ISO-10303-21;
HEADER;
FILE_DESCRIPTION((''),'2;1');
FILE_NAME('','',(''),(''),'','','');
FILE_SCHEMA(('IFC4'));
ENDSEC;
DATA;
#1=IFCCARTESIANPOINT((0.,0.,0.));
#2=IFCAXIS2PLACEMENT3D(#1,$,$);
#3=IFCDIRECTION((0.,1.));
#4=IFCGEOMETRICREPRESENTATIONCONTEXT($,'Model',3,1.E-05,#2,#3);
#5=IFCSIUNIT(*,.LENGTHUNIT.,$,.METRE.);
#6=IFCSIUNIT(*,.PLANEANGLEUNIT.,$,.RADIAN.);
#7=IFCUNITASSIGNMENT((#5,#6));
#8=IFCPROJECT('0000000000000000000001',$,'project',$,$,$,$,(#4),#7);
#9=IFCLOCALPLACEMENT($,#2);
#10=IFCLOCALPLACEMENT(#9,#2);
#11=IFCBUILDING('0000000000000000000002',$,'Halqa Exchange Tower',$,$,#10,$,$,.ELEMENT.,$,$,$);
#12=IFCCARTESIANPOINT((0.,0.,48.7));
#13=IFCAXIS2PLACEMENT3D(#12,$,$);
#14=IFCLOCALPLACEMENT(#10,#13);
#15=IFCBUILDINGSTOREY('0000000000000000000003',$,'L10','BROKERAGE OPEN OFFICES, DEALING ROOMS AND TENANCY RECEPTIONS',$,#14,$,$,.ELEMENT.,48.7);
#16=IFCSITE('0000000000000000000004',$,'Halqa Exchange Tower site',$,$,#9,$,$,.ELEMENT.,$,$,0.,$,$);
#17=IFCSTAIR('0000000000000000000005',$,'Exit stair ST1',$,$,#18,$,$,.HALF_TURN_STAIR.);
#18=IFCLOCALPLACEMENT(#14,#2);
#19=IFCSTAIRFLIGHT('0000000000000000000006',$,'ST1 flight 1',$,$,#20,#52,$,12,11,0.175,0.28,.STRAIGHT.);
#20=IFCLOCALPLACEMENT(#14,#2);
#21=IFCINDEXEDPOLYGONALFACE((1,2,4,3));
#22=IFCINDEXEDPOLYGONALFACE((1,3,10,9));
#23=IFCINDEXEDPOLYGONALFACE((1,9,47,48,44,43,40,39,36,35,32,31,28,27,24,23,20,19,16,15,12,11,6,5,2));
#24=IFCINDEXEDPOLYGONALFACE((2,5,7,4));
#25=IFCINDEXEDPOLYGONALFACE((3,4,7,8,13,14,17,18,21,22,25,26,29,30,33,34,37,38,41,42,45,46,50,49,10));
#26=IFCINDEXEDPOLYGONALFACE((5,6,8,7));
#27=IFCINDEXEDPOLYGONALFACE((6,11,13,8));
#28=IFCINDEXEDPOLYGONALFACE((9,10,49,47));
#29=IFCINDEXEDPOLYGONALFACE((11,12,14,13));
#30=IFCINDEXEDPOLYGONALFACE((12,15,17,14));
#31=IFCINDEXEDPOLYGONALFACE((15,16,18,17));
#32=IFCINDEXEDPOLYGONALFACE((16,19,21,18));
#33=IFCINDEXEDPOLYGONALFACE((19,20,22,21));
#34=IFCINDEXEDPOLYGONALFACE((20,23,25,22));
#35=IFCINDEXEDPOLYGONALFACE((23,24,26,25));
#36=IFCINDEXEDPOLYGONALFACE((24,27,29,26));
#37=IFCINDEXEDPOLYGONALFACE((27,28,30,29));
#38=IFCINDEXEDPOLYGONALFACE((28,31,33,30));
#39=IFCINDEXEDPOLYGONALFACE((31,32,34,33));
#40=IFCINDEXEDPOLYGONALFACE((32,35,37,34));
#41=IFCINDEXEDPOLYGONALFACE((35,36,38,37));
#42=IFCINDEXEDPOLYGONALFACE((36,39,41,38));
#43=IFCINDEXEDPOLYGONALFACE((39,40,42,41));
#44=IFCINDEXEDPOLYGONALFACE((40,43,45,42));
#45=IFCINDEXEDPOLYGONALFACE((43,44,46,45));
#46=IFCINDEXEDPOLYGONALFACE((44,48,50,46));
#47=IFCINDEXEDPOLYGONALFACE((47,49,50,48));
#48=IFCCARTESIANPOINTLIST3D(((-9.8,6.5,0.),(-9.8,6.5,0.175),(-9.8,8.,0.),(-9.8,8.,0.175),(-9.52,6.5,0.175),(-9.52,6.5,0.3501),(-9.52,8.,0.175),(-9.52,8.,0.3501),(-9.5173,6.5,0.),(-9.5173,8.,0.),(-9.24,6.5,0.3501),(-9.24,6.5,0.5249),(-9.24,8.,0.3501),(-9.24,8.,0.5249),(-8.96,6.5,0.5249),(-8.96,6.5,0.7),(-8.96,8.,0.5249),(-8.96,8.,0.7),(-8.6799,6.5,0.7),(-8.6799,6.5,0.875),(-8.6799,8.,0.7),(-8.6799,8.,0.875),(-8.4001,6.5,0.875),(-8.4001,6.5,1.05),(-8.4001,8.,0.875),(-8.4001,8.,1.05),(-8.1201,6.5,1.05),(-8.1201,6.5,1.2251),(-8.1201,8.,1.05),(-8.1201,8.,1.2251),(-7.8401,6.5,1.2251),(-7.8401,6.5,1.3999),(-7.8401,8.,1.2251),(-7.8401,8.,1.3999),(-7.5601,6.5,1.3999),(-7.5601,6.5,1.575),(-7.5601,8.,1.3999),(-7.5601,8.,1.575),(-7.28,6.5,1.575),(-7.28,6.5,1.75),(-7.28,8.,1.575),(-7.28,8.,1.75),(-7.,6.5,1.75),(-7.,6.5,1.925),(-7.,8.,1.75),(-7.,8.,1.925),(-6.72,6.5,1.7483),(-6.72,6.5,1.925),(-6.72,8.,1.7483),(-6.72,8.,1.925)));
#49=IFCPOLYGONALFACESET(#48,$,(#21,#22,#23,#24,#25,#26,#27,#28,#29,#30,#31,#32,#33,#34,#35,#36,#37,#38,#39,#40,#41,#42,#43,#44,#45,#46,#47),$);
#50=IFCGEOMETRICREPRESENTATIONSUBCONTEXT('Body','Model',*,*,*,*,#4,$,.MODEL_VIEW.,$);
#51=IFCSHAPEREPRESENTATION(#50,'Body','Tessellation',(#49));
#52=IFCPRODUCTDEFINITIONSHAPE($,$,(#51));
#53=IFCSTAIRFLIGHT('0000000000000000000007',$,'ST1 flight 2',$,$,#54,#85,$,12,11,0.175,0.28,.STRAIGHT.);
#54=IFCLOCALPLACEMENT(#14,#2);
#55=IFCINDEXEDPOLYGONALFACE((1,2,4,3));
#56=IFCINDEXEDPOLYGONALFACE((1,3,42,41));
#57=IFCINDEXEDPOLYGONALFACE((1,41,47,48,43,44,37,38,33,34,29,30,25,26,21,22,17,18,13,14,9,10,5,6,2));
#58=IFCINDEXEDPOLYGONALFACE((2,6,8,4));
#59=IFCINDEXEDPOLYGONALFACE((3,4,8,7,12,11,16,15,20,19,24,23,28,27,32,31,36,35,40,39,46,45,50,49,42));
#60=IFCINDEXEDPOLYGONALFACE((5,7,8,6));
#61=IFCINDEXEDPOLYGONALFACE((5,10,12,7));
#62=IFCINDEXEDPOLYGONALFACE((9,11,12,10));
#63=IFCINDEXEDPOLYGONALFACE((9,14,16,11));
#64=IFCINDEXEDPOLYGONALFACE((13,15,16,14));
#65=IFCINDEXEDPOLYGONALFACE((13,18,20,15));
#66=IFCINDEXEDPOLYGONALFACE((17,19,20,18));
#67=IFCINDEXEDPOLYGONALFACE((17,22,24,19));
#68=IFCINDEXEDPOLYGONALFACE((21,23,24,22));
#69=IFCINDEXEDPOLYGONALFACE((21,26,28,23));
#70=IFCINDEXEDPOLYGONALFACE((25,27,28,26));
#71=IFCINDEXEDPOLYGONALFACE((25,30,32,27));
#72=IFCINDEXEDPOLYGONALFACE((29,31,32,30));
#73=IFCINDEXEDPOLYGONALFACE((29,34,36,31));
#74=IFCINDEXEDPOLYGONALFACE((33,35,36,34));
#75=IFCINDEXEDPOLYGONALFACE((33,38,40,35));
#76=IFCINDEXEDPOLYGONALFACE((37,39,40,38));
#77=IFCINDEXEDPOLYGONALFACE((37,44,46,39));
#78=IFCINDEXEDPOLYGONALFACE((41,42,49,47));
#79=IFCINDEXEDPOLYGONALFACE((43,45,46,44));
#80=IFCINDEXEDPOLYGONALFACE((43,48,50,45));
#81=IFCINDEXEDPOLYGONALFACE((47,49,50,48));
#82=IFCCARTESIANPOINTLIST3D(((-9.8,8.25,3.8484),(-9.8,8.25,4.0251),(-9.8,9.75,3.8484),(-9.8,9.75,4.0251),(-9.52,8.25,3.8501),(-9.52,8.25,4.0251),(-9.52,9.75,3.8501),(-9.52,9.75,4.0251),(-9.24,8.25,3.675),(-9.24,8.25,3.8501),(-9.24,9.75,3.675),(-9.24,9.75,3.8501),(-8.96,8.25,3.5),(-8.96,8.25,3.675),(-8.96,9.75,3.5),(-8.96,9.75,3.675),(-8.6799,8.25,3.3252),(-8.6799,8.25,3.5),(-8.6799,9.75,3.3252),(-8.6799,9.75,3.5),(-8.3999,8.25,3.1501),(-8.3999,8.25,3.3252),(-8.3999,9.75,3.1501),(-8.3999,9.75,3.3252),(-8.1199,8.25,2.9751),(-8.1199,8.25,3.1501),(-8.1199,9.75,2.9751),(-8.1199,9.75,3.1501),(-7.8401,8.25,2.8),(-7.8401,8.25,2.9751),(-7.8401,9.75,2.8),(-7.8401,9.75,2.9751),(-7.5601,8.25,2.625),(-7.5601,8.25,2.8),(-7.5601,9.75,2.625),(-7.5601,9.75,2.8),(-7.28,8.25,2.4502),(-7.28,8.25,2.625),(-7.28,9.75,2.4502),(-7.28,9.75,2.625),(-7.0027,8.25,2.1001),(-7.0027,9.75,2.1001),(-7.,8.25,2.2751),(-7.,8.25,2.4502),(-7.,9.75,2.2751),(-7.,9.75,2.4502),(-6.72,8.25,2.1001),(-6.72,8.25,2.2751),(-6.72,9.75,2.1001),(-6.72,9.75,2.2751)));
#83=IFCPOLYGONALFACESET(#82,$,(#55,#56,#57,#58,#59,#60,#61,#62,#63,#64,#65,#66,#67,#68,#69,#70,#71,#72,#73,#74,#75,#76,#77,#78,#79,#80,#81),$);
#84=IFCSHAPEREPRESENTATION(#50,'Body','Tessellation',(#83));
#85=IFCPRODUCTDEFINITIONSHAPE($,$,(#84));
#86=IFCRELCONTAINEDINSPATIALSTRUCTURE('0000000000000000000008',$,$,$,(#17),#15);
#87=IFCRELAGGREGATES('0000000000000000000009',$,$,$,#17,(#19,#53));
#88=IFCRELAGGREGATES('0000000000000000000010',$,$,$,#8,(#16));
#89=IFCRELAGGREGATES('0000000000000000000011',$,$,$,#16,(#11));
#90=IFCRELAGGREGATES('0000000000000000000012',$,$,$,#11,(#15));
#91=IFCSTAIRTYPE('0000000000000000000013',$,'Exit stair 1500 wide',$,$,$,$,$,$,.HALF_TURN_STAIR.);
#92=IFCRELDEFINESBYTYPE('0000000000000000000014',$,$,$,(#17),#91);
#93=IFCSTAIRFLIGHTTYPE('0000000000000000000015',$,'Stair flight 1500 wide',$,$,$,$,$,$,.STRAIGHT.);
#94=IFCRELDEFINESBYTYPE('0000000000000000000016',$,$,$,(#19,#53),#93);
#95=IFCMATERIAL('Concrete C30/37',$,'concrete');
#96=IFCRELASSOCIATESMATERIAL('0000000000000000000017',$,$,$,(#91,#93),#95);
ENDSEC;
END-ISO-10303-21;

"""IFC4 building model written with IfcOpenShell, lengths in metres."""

from ifc_helpers import new_model, si_unit, direction, frame, origin, place, context, subcontext, project, spatial, polyline, outline, extrude, material, type_object, element, aggregate, save


model = new_model("IFC4")

# Units and contexts
model_context = context("Model", 3, precision=1e-05, world=origin(), true_north=direction((0.0, 1.0)))
body_context = subcontext(model_context, "Body", "Model", "MODEL_VIEW")
ifc_project = project(units=[si_unit("LENGTHUNIT", "METRE"), si_unit("PLANEANGLEUNIT", "RADIAN")], contexts=[model_context])

# Site, building, storey
site_placement = place(None, origin())
site = spatial("IfcSite", under=ifc_project, at=site_placement, Name="Halqa Exchange Tower site", CompositionType="ELEMENT", RefElevation=0.0)
building_placement = place(site_placement, origin())
building = spatial("IfcBuilding", under=site, at=building_placement, Name="Halqa Exchange Tower", CompositionType="ELEMENT")
storey_placement = place(building_placement, frame((0.0, 0.0, 48.7)))
storey = spatial("IfcBuildingStorey", under=building, at=storey_placement, Name="L10", Description="BROKERAGE OPEN OFFICES, DEALING ROOMS AND TENANCY RECEPTIONS", CompositionType="ELEMENT", Elevation=48.7)

# Shared definitions
ifc_material_1 = material(Name="Concrete C30/37", Category="concrete")

# Stair, stair flights
stair_type = type_object("IfcStairType", Name="Exit stair 1500 wide", PredefinedType="HALF_TURN_STAIR", material=ifc_material_1)
stair_placement = place(storey_placement, origin())
stair = element("IfcStair", 1, at=stair_placement, inside=storey, type_object=stair_type, Name="Exit stair ST1", PredefinedType="HALF_TURN_STAIR")
stair_flight_type = type_object("IfcStairFlightType", Name="Stair flight 1500 wide", PredefinedType="STRAIGHT", material=ifc_material_1)
stair_flight_1_placement = place(storey_placement, frame((-9.8, 7.25, 0.0), z_axis=(0.0, 0.0, 1.0), x_axis=(1.0, 0.0, 0.0)))
stair_flight_1 = element("IfcStairFlight", 2, at=stair_flight_1_placement, type_object=stair_flight_type, Name="ST1 flight 1", NumberOfRisers=12, NumberOfTreads=11, PredefinedType="STRAIGHT", RiserHeight=0.175, TreadLength=0.28, context=body_context, shape_type="SweptSolid", body=[
    extrude(outline(polyline([(0.0, 0.0), (0.0, 0.175), (0.28, 0.175), (0.28, 0.3501), (0.5601, 0.3501), (0.5601, 0.5249), (0.8401, 0.5249), (0.8401, 0.7), (1.1201, 0.7), (1.1201, 0.875), (1.3999, 0.875), (1.3999, 1.05), (1.6799, 1.05), (1.6799, 1.2251), (1.96, 1.2251), (1.96, 1.3999), (2.24, 1.3999), (2.24, 1.575), (2.52, 1.575), (2.52, 1.75), (2.8, 1.75), (2.8, 1.925), (3.0801, 1.925), (3.0801, 2.1001), (3.0801, 1.7483), (0.2827, 0.0), (0.0, 0.0)])), frame((0.0, 0.75, 0.0), z_axis=(0.0, -1.0, 0.0), x_axis=(1.0, 0.0, 0.0)), (0.0, 0.0, 1.0), 1.5),
])
stair_flight_2_placement = place(storey_placement, frame((-6.72, 9.0, 2.1001), z_axis=(0.0, 0.0, 1.0), x_axis=(-1.0, 0.0, 0.0)))
stair_flight_2 = element("IfcStairFlight", 3, at=stair_flight_2_placement, type_object=stair_flight_type, Name="ST1 flight 2", NumberOfRisers=12, NumberOfTreads=11, PredefinedType="STRAIGHT", RiserHeight=0.175, TreadLength=0.28, context=body_context, shape_type="SweptSolid", body=[
    extrude(outline(polyline([(0.0, 0.0), (0.0, 0.175), (0.28, 0.175), (0.28, 0.3501), (0.5601, 0.3501), (0.5601, 0.5249), (0.8401, 0.5249), (0.8401, 0.7), (1.1201, 0.7), (1.1201, 0.875), (1.3999, 0.875), (1.3999, 1.05), (1.6799, 1.05), (1.6799, 1.2251), (1.96, 1.2251), (1.96, 1.3999), (2.24, 1.3999), (2.24, 1.575), (2.52, 1.575), (2.52, 1.75), (2.8, 1.75), (2.8, 1.925), (3.0801, 1.925), (3.0801, 2.1001), (3.0801, 1.7483), (0.2827, 0.0), (0.0, 0.0)])), frame((0.0, 0.75, 0.0), z_axis=(0.0, -1.0, 0.0), x_axis=(1.0, 0.0, 0.0)), (0.0, 0.0, 1.0), 1.5),
])
aggregate(stair, [stair_flight_1, stair_flight_2])

save(model, "model.ifc")
